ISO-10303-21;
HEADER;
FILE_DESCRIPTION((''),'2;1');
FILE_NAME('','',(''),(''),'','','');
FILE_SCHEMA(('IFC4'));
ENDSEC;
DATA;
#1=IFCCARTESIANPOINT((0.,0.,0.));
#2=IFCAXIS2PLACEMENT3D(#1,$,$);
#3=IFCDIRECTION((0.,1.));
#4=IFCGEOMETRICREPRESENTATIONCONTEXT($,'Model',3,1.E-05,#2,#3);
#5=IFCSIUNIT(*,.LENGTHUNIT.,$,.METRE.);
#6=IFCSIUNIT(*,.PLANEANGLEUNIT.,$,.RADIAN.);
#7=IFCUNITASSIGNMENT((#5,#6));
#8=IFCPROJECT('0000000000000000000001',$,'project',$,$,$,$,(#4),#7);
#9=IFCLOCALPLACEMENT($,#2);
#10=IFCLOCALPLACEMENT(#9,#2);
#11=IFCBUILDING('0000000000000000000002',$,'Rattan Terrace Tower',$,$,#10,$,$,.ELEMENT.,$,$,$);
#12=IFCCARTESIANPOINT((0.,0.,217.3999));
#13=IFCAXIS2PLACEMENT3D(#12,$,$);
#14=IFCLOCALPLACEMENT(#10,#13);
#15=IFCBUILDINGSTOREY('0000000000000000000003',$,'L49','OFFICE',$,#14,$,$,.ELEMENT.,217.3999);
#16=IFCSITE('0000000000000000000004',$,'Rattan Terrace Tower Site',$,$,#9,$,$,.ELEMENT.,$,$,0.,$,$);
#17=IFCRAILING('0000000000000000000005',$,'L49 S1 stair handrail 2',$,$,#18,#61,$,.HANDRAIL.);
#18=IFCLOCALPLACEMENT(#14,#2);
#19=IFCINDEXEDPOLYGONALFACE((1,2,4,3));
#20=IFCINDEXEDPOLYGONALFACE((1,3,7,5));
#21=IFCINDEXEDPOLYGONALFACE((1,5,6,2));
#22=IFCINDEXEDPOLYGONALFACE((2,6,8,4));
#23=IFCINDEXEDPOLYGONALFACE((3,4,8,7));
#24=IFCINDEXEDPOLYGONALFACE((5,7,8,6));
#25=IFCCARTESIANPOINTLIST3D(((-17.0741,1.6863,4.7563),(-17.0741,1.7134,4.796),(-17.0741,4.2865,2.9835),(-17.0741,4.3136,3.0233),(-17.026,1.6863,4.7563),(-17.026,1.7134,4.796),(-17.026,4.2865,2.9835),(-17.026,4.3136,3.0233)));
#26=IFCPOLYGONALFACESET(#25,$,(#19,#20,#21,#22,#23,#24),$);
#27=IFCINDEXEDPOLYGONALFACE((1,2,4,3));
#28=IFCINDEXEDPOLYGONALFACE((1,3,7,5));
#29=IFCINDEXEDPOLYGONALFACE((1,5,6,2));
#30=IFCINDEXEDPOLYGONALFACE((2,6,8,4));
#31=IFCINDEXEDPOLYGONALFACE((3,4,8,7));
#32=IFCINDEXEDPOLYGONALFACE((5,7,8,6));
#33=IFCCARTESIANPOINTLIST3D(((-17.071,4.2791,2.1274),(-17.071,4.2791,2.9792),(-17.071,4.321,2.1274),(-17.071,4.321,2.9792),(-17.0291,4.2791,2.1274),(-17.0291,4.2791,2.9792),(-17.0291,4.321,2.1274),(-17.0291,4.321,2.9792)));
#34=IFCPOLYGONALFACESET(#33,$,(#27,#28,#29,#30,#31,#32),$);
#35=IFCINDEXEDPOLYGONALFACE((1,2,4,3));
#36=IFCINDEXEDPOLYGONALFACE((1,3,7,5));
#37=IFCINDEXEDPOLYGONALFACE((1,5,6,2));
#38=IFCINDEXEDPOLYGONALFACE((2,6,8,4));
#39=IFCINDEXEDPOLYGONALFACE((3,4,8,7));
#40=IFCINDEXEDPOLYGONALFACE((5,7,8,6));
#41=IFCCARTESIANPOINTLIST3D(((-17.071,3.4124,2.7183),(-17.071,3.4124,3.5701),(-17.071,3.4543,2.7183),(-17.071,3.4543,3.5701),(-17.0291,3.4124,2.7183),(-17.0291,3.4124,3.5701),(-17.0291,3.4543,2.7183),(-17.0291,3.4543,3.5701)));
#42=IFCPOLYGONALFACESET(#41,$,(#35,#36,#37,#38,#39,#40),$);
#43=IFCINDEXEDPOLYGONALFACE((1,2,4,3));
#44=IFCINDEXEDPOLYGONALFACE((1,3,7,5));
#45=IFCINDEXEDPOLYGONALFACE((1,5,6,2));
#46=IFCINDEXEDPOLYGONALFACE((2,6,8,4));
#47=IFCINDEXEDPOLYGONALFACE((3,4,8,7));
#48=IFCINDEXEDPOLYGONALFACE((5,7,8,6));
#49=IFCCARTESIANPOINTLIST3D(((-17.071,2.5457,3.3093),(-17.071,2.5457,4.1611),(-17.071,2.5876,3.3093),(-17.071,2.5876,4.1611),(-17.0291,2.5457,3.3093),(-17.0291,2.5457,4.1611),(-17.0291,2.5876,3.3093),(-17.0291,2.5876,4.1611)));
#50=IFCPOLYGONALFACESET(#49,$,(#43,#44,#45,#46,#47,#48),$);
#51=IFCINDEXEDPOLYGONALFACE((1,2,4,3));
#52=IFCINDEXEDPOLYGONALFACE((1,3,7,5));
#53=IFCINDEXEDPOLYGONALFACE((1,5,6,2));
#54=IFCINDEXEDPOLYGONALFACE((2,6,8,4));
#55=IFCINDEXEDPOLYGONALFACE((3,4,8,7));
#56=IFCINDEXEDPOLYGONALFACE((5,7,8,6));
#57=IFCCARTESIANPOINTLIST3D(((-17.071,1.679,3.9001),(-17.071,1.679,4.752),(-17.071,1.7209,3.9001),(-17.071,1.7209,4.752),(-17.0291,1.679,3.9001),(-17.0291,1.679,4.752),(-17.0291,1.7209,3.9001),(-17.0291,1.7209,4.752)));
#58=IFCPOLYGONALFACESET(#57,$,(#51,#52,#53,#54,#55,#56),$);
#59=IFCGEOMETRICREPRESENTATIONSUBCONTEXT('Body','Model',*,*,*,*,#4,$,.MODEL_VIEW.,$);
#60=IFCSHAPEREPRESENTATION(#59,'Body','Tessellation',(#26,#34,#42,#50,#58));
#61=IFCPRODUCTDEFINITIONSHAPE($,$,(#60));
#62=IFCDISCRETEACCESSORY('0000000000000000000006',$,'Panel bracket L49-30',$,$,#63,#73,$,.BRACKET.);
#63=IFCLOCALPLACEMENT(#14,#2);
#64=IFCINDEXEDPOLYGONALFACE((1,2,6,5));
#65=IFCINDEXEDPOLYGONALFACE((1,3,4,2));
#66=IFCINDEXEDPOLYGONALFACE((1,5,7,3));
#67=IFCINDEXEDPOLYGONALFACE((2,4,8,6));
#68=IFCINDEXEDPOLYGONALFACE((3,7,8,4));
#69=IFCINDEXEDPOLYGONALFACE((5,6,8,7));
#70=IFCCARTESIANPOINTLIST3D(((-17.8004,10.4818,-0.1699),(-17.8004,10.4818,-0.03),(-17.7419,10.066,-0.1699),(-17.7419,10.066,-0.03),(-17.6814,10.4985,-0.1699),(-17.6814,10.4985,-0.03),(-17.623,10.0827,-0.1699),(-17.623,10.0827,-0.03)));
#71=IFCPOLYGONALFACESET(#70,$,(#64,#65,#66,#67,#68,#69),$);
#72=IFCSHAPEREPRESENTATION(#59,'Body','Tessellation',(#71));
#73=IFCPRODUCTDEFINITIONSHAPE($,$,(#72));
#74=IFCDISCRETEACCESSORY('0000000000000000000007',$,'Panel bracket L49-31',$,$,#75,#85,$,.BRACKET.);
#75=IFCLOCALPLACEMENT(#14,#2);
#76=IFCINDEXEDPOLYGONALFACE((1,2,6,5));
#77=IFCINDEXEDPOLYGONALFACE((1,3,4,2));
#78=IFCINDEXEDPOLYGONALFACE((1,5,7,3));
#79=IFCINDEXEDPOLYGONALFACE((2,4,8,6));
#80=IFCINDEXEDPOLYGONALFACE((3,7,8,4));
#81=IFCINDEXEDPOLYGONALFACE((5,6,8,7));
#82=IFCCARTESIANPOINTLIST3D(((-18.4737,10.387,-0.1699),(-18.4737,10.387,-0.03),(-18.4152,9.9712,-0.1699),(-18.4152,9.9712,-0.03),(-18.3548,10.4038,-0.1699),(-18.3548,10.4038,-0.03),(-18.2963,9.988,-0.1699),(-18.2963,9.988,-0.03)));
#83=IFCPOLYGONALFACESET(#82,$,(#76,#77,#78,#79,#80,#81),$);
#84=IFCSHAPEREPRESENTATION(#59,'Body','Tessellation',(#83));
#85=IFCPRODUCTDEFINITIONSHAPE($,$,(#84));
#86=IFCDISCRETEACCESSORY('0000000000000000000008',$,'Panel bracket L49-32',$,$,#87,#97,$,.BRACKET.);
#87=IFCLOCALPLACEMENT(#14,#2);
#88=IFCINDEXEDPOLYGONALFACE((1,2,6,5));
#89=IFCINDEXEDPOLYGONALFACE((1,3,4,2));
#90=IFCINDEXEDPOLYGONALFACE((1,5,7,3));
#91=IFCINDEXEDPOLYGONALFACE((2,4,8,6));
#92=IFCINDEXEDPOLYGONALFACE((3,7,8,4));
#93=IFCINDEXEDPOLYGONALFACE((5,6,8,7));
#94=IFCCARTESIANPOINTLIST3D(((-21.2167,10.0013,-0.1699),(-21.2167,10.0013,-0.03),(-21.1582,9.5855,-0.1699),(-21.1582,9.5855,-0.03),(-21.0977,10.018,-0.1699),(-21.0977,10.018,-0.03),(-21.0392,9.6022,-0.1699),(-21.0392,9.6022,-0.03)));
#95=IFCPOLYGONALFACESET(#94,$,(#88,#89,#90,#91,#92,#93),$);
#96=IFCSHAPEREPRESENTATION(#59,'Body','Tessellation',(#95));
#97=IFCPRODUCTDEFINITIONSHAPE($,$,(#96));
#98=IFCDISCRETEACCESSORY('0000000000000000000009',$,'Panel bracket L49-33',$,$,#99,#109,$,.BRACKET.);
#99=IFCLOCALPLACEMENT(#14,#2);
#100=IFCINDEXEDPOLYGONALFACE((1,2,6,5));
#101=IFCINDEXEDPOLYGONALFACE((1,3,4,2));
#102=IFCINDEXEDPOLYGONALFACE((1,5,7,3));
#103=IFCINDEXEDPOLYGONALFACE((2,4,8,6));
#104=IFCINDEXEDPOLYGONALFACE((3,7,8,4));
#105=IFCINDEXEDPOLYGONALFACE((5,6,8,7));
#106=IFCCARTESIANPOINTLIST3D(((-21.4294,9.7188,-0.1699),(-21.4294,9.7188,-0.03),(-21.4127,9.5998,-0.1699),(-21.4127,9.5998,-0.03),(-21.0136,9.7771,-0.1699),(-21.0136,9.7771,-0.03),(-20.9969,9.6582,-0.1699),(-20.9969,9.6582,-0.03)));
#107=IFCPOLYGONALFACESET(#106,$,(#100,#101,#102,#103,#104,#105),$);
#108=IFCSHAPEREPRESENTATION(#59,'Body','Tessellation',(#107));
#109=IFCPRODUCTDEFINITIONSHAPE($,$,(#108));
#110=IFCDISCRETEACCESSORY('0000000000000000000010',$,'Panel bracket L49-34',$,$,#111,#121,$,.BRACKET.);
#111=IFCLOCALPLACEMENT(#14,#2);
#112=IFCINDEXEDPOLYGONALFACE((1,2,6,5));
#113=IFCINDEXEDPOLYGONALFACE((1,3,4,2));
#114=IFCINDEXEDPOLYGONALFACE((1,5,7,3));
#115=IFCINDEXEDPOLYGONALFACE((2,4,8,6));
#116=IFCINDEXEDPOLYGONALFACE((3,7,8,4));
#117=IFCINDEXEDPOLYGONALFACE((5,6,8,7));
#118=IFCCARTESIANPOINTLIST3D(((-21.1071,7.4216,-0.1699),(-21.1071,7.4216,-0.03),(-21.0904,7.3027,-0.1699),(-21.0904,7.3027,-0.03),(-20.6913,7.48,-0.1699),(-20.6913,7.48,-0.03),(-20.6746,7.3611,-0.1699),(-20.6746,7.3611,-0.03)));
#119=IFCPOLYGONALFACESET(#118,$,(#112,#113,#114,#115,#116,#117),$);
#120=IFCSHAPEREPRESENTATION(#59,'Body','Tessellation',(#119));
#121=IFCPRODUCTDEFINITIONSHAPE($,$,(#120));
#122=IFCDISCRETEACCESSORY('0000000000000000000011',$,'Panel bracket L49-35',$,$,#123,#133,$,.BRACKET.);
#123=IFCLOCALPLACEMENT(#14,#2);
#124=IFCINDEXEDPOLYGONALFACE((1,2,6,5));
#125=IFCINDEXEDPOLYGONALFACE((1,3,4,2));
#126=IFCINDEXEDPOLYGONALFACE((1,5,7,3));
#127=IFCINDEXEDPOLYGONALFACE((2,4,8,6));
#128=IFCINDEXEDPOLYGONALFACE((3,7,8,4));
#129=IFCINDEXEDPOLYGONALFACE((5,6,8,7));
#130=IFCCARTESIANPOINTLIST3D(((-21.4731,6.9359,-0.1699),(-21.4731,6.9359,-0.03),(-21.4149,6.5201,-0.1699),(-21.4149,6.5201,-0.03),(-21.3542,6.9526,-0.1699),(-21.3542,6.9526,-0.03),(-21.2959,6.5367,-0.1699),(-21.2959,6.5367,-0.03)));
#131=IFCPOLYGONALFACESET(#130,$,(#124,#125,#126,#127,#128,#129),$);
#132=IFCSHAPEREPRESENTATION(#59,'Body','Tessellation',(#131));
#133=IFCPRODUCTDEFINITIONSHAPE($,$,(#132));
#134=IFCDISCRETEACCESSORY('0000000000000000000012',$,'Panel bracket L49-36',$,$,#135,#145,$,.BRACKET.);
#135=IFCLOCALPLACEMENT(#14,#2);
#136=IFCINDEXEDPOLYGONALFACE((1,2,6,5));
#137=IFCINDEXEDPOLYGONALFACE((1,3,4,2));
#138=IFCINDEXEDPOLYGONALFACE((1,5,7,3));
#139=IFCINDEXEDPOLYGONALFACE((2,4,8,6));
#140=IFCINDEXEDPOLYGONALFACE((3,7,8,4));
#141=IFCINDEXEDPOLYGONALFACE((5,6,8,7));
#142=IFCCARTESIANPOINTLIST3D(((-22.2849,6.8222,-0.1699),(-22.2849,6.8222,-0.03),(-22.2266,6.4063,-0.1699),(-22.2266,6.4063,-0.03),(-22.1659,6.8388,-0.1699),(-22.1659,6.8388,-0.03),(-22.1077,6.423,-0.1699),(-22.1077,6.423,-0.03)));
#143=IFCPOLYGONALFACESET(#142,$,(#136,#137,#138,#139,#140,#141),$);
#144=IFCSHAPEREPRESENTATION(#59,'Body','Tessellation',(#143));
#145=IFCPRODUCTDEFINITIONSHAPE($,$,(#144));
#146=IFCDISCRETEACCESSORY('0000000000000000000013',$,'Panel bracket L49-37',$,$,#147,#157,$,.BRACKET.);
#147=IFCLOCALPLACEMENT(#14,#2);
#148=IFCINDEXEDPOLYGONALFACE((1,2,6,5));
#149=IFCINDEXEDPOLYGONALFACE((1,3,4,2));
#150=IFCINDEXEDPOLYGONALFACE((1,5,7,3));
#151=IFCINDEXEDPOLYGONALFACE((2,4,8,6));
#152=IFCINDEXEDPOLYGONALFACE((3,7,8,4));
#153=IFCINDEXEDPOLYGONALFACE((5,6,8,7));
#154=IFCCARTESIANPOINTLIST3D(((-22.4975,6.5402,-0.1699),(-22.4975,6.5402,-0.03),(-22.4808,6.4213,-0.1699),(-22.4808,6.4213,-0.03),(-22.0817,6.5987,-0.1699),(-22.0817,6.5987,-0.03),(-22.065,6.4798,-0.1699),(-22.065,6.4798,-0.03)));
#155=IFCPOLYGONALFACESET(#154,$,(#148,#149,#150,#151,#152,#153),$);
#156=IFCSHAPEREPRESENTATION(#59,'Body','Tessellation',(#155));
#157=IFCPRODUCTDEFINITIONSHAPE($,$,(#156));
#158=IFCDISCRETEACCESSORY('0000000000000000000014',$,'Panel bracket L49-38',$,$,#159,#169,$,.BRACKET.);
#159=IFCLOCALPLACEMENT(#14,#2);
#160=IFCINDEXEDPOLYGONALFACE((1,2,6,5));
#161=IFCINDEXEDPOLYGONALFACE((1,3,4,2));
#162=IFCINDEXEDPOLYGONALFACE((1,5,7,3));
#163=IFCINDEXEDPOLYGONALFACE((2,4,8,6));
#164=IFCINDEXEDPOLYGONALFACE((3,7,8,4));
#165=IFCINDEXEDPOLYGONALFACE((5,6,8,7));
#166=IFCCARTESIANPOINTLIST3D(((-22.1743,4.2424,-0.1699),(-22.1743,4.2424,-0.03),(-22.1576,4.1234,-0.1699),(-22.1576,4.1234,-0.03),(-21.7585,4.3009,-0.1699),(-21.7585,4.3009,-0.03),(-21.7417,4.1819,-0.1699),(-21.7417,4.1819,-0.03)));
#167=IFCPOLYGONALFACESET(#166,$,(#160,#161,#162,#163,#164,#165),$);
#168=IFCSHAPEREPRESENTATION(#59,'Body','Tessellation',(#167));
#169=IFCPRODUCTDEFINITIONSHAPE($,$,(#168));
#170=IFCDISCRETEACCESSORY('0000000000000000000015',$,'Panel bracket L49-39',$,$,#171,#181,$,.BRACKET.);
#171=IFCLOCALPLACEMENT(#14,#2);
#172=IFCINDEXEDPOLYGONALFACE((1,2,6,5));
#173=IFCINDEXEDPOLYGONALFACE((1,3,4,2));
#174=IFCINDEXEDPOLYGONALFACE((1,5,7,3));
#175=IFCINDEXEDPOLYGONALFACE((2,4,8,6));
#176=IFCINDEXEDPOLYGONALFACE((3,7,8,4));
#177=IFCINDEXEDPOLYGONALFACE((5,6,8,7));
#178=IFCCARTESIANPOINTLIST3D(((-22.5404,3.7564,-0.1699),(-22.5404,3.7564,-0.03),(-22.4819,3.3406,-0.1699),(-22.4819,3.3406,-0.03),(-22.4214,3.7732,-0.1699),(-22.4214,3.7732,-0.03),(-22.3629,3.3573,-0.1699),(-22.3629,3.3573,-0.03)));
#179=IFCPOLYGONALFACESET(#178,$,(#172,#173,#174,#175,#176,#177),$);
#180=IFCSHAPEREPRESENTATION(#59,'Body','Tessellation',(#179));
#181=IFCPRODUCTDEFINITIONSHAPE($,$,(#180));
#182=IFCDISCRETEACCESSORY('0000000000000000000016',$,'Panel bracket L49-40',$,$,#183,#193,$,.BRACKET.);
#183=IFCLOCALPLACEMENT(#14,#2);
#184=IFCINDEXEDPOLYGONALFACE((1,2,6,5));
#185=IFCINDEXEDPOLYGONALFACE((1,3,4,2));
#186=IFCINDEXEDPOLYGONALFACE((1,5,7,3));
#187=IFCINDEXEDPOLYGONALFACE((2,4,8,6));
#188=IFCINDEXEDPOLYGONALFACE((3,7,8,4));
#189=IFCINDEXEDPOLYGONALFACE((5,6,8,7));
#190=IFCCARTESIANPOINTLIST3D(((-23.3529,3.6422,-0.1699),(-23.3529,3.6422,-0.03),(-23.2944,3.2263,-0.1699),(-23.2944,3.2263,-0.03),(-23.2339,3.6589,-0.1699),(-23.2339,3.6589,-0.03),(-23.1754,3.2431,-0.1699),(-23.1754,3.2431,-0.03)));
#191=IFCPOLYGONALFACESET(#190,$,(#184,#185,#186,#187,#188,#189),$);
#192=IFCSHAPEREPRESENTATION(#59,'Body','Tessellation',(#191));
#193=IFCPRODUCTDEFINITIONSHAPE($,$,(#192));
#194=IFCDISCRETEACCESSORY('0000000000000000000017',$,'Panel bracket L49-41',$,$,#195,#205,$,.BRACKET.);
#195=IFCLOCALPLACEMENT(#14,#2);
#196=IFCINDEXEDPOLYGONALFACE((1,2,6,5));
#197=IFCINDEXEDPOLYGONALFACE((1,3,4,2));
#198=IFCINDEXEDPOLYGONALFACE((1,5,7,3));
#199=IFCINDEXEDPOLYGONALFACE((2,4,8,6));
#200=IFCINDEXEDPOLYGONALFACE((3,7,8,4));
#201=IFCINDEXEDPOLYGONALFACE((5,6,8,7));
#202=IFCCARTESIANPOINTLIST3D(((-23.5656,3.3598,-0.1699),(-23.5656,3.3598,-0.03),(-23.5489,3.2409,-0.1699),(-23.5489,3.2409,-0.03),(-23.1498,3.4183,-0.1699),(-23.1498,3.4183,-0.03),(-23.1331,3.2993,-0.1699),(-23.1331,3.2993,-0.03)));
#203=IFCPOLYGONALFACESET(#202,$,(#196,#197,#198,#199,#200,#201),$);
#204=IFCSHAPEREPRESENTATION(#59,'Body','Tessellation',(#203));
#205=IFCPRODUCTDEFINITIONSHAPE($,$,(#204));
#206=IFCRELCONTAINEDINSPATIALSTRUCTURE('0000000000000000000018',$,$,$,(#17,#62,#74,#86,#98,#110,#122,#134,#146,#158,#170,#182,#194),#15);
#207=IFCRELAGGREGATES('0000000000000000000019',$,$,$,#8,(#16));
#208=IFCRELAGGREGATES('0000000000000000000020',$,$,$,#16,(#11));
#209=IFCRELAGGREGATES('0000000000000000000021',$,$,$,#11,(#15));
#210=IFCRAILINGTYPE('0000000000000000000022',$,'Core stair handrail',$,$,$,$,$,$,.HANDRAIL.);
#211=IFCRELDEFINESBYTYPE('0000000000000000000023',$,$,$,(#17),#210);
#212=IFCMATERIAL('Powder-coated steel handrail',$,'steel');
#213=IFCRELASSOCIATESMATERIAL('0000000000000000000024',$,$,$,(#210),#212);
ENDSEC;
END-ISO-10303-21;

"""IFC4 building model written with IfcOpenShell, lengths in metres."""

from ifc_helpers import new_model, si_unit, direction, frame, origin, origin_2d, place, context, subcontext, project, spatial, rectangle, extrude, material, type_object, element, save


model = new_model("IFC4")

# Units and contexts
model_context = context("Model", 3, precision=1e-05, world=origin(), true_north=direction((0.0, 1.0)))
body_context = subcontext(model_context, "Body", "Model", "MODEL_VIEW")
ifc_project = project(units=[si_unit("LENGTHUNIT", "METRE"), si_unit("PLANEANGLEUNIT", "RADIAN")], contexts=[model_context])

# Site, building, storey
site_placement = place(None, origin())
site = spatial("IfcSite", under=ifc_project, at=site_placement, Name="Rattan Terrace Tower Site", CompositionType="ELEMENT", RefElevation=0.0)
building_placement = place(site_placement, origin())
building = spatial("IfcBuilding", under=site, at=building_placement, Name="Rattan Terrace Tower", CompositionType="ELEMENT")
storey_placement = place(building_placement, frame((0.0, 0.0, 217.3999)))
storey = spatial("IfcBuildingStorey", under=building, at=storey_placement, Name="L49", Description="OFFICE", CompositionType="ELEMENT", Elevation=217.3999)

# Railing
ifc_material_1 = material(Name="Powder-coated steel handrail", Category="steel")
railing_type_1 = type_object("IfcRailingType", Name="Core stair handrail", PredefinedType="HANDRAIL", material=ifc_material_1)
railing_1_placement = place(storey_placement, frame((-17.05, 4.3, 2.1274)))
element("IfcRailing", 1, at=railing_1_placement, inside=storey, type_object=railing_type_1, Name="L49 S1 stair handrail 2", PredefinedType="HANDRAIL", context=body_context, shape_type="SweptSolid", body=[
    extrude(rectangle(XDim=0.0481, YDim=0.0481, at=origin_2d()), frame((0.0, 0.0, 0.876), z_axis=(0.0, -0.82624, 0.563318), x_axis=(1.0, 0.0, 0.0)), (0.0, 0.0, 1.0), 3.147),
    extrude(rectangle(XDim=0.042, YDim=0.042, at=origin_2d()), origin(), (0.0, 0.0, 1.0), 0.8518),
    extrude(rectangle(XDim=0.042, YDim=0.042, at=origin_2d()), frame((0.0, -0.8667, 0.5908)), (0.0, 0.0, 1.0), 0.8518),
    extrude(rectangle(XDim=0.042, YDim=0.042, at=origin_2d()), frame((0.0, -1.7334, 1.1819)), (0.0, 0.0, 1.0), 0.8518),
    extrude(rectangle(XDim=0.042, YDim=0.042, at=origin_2d()), frame((0.0, -2.6001, 1.7727)), (0.0, 0.0, 1.0), 0.8518),
])

# Discrete accessories
for number, where, z_axis, x_axis, name in (
    (2, (-17.7117, 10.2822, -0.1699), (0.0, 0.0, 1.0), (-0.990267, -0.139177, 0.0), "Panel bracket L49-30"),
    (3, (-18.385, 10.1875, -0.1699), (0.0, 0.0, 1.0), (-0.990247, -0.139321, 0.0), "Panel bracket L49-31"),
    (4, (-21.1279, 9.8018, -0.1699), (0.0, 0.0, 1.0), (-0.990247, -0.139321, 0.0), "Panel bracket L49-32"),
    (5, (-21.2131, 9.6885, -0.1699), (0.0, 0.0, 1.0), (0.138994, -0.990293, 0.0), "Panel bracket L49-33"),
    (6, (-20.8909, 7.3914, -0.1699), (0.0, 0.0, 1.0), (0.138994, -0.990293, 0.0), "Panel bracket L49-34"),
    (7, (-21.3845, 6.7363, -0.1699), (0.0, 0.0, 1.0), (-0.990333, -0.138713, 0.0), "Panel bracket L49-35"),
    (8, (-22.1963, 6.6226, -0.1699), (0.0, 0.0, 1.0), (-0.990333, -0.138713, 0.0), "Panel bracket L49-36"),
    (9, (-22.2812, 6.51, -0.1699), (0.0, 0.0, 1.0), (0.139321, -0.990247, 0.0), "Panel bracket L49-37"),
    (10, (-21.958, 4.2122, -0.1699), (0.0, 0.0, 1.0), (0.139321, -0.990247, 0.0), "Panel bracket L49-38"),
    (11, (-22.4517, 3.5569, -0.1699), (0.0, 0.0, 1.0), (-0.990254, -0.139275, 0.0), "Panel bracket L49-39"),
    (12, (-23.2642, 3.4426, -0.1699), (0.0, 0.0, 1.0), (-0.990254, -0.139275, 0.0), "Panel bracket L49-40"),
    (13, (-23.3494, 3.3296, -0.1699), (0.0, 0.0, 1.0), (0.139186, -0.990266, 0.0), "Panel bracket L49-41"),
):
    element("IfcDiscreteAccessory", number, at=place(storey_placement, frame(where, z_axis=z_axis, x_axis=x_axis)), inside=storey, Name=name, PredefinedType="BRACKET", context=body_context, shape_type="SweptSolid", body=[
        extrude(rectangle(XDim=0.1201, YDim=0.4199, at=origin_2d()), origin(), (0.0, 0.0, 1.0), 0.1399),
    ])

save(model, "model.ifc")
